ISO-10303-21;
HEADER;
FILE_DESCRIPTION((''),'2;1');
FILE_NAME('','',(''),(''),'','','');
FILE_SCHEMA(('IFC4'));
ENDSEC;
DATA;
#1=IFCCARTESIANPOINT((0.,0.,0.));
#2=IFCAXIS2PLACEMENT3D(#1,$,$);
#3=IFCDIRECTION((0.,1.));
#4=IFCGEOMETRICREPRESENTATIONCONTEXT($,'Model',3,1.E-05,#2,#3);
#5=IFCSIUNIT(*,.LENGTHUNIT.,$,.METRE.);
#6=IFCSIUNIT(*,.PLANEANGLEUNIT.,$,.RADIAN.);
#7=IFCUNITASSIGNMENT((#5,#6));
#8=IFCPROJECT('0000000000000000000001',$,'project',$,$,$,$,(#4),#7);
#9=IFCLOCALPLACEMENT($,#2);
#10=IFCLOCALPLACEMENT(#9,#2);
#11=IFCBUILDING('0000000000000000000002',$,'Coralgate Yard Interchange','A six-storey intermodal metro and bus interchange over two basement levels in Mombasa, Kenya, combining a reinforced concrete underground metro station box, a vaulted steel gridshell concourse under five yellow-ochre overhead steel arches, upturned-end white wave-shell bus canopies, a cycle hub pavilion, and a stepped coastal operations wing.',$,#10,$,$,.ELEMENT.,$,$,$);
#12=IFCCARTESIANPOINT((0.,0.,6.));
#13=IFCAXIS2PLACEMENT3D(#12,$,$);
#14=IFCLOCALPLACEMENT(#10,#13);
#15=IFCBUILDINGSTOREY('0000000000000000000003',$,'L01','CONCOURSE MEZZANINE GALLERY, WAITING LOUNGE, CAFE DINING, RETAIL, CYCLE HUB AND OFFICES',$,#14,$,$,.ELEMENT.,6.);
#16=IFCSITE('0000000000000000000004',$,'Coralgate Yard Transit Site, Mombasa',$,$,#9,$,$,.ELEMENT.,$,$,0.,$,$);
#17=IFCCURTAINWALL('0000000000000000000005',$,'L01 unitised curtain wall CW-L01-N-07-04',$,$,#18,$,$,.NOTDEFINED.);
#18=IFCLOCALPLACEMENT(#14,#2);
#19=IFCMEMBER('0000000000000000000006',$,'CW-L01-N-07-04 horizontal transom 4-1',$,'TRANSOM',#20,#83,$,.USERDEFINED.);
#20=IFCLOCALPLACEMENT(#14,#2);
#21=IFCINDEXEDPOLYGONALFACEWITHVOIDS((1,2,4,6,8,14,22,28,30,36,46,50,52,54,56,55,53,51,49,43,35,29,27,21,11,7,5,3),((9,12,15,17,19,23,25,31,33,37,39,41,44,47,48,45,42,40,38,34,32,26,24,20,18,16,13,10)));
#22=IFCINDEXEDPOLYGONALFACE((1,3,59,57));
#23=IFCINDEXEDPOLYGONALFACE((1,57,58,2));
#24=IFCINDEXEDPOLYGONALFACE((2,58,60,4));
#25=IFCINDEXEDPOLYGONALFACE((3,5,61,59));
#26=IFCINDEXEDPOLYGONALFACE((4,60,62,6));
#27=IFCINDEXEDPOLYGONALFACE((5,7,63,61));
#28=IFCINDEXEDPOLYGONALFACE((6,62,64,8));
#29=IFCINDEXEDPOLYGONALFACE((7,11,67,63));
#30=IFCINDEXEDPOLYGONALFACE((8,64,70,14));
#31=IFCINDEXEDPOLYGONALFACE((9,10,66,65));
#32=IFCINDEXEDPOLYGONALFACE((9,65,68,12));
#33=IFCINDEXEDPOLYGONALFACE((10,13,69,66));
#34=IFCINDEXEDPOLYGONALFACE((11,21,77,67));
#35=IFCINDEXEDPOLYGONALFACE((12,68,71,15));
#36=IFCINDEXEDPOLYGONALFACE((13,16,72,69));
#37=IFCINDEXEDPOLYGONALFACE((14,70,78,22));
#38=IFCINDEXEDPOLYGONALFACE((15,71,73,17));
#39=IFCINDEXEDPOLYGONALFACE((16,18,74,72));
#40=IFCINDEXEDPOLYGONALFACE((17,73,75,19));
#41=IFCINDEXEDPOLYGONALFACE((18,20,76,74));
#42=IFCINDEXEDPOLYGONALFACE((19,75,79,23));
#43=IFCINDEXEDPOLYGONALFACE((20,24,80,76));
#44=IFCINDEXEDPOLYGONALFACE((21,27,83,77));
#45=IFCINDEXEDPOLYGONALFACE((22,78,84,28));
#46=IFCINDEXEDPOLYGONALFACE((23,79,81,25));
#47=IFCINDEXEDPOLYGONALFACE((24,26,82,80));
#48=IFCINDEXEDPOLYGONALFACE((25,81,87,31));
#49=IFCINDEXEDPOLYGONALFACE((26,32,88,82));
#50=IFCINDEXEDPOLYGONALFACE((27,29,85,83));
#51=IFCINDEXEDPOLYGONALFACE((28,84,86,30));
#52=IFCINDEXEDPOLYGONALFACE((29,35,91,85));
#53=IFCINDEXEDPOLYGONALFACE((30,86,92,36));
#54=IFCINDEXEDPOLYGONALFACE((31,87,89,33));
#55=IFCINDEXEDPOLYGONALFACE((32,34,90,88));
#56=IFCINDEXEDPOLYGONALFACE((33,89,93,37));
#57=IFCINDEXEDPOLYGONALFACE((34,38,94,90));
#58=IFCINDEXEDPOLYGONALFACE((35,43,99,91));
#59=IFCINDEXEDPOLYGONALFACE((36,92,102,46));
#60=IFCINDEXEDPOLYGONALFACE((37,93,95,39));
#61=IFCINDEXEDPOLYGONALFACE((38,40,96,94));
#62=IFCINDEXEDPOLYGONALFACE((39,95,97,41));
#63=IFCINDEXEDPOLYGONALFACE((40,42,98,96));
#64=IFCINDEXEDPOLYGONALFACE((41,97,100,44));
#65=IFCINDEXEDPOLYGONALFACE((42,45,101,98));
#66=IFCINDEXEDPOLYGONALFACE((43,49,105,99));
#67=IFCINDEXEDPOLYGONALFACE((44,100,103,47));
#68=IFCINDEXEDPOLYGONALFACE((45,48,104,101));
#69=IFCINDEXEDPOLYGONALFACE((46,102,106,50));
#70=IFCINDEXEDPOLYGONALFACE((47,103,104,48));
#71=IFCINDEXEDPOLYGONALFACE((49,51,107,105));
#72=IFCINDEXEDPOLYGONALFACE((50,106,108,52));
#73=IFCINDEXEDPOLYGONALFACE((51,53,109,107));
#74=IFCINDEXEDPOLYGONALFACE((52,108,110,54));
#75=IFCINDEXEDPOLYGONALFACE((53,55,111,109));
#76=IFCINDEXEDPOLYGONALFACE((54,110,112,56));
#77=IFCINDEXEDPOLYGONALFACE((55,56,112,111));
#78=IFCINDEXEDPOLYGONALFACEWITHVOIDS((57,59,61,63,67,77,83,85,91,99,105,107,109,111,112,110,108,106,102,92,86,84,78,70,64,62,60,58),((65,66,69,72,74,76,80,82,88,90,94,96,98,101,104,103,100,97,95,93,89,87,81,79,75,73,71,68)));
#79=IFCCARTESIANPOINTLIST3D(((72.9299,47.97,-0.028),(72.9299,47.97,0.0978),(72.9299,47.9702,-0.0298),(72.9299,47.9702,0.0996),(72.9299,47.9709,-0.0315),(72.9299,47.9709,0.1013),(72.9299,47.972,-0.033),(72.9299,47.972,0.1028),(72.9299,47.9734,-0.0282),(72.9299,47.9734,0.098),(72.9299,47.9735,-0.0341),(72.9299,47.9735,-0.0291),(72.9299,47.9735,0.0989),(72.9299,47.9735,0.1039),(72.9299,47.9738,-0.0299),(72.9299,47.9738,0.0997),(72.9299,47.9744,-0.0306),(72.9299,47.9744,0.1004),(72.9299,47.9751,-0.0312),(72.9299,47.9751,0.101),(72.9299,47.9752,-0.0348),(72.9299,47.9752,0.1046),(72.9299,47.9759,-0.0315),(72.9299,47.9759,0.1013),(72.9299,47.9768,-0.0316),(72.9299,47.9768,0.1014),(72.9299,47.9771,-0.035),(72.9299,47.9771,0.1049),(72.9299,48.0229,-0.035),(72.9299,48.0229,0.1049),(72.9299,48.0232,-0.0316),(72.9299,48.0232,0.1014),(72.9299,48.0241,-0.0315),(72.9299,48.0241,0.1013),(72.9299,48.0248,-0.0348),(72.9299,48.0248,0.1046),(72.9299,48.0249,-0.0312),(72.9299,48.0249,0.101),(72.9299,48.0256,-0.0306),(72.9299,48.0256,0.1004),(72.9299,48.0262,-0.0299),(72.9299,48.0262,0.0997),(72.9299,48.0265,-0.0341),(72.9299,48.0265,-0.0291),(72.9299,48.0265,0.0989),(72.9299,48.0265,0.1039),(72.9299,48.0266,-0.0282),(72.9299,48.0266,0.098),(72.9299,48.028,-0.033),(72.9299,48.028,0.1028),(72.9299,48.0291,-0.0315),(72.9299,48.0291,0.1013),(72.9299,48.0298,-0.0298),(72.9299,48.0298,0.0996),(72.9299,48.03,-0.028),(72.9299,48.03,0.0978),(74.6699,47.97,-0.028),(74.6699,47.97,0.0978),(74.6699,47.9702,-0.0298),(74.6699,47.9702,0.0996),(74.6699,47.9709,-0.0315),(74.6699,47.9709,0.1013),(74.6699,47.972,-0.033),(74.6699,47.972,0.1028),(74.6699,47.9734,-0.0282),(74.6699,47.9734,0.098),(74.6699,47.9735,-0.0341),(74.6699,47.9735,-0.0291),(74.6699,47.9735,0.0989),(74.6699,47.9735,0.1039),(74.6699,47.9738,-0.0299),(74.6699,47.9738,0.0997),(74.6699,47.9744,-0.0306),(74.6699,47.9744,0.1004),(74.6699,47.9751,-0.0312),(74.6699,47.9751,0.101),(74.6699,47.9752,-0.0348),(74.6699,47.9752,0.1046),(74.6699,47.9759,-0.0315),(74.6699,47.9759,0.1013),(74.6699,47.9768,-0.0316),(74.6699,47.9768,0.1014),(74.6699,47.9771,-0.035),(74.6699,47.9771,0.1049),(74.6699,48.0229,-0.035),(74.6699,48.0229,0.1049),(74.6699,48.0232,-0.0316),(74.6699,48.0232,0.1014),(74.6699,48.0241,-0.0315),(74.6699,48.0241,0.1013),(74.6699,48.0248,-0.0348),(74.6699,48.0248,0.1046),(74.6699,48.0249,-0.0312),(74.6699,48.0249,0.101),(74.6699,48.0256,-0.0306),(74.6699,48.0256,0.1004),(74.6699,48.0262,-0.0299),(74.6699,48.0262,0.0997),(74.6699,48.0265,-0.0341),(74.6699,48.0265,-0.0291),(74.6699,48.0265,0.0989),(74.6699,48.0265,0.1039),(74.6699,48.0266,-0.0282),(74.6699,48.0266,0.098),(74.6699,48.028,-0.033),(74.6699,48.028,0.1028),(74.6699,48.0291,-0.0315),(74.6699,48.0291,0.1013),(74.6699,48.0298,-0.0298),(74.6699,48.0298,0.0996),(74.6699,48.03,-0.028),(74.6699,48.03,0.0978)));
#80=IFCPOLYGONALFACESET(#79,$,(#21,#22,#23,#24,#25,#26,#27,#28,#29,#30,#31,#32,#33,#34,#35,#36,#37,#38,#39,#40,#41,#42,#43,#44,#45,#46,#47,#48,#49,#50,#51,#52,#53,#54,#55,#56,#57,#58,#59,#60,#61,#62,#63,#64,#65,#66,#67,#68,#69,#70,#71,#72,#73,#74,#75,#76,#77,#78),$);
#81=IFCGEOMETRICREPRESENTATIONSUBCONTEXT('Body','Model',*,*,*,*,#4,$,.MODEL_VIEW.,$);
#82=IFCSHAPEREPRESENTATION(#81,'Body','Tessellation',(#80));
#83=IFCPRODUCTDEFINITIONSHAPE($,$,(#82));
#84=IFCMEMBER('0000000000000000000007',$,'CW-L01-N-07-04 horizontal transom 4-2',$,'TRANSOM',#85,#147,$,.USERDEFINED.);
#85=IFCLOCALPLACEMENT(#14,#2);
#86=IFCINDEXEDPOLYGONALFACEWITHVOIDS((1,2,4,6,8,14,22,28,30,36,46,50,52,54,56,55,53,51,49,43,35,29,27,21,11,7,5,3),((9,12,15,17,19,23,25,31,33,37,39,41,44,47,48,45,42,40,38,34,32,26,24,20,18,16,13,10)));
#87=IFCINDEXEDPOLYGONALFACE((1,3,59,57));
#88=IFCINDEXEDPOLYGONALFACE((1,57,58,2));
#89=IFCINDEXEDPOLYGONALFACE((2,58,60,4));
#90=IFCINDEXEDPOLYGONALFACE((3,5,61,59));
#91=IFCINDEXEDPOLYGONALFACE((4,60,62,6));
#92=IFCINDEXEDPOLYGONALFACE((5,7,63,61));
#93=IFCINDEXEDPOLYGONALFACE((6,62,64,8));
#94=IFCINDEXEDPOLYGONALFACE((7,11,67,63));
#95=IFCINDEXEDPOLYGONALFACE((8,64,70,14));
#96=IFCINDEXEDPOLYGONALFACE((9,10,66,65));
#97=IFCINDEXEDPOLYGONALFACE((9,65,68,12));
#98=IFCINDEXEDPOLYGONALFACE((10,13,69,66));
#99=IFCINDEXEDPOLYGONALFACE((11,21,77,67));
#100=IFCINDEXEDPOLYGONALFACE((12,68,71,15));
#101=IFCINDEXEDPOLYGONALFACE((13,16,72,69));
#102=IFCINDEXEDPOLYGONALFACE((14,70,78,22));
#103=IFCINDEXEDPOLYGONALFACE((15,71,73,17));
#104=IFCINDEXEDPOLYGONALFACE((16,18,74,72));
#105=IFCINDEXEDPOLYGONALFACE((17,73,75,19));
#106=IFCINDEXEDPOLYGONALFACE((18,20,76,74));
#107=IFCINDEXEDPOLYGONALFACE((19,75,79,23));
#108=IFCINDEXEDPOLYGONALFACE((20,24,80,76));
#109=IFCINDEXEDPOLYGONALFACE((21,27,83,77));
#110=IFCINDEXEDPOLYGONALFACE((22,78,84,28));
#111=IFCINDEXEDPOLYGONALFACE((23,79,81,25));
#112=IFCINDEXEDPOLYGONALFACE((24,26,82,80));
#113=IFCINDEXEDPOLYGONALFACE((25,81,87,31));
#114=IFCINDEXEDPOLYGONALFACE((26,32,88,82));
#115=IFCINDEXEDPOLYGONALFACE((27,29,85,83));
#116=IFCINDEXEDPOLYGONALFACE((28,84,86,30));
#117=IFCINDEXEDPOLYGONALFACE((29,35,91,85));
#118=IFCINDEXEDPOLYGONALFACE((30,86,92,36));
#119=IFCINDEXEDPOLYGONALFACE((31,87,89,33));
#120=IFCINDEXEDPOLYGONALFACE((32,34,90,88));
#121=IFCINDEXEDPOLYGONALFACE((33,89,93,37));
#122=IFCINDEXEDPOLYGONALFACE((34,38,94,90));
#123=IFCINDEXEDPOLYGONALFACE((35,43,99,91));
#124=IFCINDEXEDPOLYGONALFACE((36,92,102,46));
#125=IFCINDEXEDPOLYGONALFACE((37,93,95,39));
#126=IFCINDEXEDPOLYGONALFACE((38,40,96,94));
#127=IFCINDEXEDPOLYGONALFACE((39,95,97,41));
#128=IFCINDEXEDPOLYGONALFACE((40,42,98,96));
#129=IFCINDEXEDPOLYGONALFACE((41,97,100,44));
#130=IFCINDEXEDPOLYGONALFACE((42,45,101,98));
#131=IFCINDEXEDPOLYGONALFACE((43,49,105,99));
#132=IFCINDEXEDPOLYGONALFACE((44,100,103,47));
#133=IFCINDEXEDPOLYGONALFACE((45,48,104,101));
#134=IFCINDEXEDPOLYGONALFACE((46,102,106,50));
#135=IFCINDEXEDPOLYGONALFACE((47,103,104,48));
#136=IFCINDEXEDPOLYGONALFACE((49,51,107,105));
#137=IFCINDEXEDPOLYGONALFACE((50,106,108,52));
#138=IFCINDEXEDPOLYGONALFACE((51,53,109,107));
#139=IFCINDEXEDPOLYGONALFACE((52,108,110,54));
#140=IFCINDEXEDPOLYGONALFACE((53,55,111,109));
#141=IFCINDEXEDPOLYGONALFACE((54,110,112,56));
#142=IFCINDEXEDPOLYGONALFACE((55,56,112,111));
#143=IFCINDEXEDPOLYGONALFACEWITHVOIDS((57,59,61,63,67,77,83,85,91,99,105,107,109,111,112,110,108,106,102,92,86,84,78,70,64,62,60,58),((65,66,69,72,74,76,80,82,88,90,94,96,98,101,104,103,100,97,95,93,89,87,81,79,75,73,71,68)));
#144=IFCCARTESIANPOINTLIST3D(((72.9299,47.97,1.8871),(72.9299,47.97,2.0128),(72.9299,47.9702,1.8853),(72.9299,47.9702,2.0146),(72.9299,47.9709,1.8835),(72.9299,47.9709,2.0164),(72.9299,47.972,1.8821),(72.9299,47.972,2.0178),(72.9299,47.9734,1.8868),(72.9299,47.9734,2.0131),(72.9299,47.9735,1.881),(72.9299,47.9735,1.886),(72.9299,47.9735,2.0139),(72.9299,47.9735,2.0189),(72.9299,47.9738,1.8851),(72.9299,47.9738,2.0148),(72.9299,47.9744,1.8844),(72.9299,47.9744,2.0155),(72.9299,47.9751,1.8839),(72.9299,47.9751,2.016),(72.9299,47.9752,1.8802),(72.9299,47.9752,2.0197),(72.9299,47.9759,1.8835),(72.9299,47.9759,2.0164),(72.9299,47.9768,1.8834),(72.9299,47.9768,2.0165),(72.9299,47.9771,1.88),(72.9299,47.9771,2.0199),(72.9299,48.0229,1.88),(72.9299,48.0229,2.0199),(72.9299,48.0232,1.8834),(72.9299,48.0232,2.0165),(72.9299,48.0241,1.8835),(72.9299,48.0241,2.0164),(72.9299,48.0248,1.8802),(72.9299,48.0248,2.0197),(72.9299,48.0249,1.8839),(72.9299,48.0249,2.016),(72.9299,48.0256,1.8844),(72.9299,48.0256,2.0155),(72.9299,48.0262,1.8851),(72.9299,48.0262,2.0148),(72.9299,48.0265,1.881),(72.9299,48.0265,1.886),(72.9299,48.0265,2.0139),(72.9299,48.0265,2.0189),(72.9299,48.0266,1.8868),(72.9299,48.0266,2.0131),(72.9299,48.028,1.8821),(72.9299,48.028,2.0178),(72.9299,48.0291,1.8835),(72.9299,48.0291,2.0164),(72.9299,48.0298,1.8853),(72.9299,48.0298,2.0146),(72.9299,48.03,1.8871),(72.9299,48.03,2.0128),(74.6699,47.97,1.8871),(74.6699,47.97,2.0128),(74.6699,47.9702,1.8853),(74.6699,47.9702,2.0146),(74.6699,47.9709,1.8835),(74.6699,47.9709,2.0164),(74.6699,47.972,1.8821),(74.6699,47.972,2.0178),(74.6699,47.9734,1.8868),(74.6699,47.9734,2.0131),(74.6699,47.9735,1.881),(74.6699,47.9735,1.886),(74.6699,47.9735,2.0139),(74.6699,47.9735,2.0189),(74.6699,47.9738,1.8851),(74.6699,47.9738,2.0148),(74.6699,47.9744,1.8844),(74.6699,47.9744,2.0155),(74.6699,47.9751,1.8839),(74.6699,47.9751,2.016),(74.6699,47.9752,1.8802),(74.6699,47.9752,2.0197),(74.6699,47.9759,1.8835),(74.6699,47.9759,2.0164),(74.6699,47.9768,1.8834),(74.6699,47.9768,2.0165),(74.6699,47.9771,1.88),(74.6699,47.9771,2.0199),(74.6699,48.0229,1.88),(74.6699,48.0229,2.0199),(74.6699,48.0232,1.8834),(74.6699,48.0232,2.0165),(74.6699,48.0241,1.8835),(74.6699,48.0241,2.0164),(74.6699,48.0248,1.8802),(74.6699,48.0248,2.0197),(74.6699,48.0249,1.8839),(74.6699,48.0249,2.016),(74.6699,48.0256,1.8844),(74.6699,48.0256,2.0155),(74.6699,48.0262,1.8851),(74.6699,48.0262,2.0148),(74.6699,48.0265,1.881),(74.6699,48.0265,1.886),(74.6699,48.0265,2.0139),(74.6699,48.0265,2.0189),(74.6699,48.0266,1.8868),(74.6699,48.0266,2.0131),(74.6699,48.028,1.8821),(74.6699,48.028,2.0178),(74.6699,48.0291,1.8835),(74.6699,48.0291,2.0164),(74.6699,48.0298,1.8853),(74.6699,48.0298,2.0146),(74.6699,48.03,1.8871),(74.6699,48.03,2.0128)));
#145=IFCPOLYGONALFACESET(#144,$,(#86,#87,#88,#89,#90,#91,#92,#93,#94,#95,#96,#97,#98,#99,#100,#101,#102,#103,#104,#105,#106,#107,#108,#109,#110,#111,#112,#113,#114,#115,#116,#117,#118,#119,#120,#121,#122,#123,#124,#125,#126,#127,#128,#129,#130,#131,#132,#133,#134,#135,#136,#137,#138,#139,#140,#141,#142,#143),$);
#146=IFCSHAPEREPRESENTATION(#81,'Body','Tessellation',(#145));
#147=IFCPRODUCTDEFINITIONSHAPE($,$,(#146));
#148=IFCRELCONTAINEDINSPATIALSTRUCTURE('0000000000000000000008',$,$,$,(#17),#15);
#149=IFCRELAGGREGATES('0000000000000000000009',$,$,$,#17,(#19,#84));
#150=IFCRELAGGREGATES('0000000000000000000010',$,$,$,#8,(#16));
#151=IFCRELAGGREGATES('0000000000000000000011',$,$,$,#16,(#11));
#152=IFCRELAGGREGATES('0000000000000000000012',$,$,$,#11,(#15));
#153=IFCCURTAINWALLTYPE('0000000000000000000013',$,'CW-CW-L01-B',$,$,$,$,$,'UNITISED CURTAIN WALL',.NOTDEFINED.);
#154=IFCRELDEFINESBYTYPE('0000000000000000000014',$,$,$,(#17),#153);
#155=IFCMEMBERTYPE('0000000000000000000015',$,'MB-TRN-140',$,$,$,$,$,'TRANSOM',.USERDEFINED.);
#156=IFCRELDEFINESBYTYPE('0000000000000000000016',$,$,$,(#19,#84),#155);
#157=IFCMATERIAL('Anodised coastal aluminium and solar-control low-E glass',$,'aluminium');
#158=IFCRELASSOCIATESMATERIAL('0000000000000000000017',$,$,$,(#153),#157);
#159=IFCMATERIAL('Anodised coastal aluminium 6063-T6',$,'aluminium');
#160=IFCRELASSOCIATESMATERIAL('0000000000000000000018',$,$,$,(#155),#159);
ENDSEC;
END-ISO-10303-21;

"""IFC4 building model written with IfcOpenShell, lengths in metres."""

from ifc_helpers import new_model, si_unit, direction, frame, origin, origin_2d, place, context, subcontext, project, spatial, hollow_rectangle, extrude, material, material_profile, profile_set, type_object, element, aggregate, save


model = new_model("IFC4")

# Units and contexts
model_context = context("Model", 3, precision=1e-05, world=origin(), true_north=direction((0.0, 1.0)))
body_context = subcontext(model_context, "Body", "Model", "MODEL_VIEW")
ifc_project = project(units=[si_unit("LENGTHUNIT", "METRE"), si_unit("PLANEANGLEUNIT", "RADIAN")], contexts=[model_context])

# Site, building, storey
site_placement = place(None, origin())
site = spatial("IfcSite", under=ifc_project, at=site_placement, Name="Coralgate Yard Transit Site, Mombasa", CompositionType="ELEMENT", RefElevation=0.0)
building_placement = place(site_placement, origin())
building = spatial("IfcBuilding", under=site, at=building_placement, Name="Coralgate Yard Interchange", Description="A six-storey intermodal metro and bus interchange over two basement levels in Mombasa, Kenya, combining a reinforced concrete underground metro station box, a vaulted steel gridshell concourse under five yellow-ochre overhead steel arches, upturned-end white wave-shell bus canopies, a cycle hub pavilion, and a stepped coastal operations wing.", CompositionType="ELEMENT")
storey_placement = place(building_placement, frame((0.0, 0.0, 6.0)))
storey = spatial("IfcBuildingStorey", under=building, at=storey_placement, Name="L01", Description="CONCOURSE MEZZANINE GALLERY, WAITING LOUNGE, CAFE DINING, RETAIL, CYCLE HUB AND OFFICES", CompositionType="ELEMENT", Elevation=6.0)

# Shared definitions
ifc_material_1 = material(Name="Anodised coastal aluminium and solar-control low-E glass", Category="aluminium")
ifc_material_2 = material(Name="Anodised coastal aluminium 6063-T6", Category="aluminium")

# Curtain wall
curtain_wall_type_1 = type_object("IfcCurtainWallType", Name="CW-CW-L01-B", ElementType="UNITISED CURTAIN WALL", PredefinedType="NOTDEFINED", material=ifc_material_1)
curtain_wall_1_placement = place(storey_placement, origin())
curtain_wall_1 = element("IfcCurtainWall", 1, at=curtain_wall_1_placement, inside=storey, type_object=curtain_wall_type_1, Name="L01 unitised curtain wall CW-L01-N-07-04", PredefinedType="NOTDEFINED")

# Members
ifc_material_profile_1 = material_profile(ifc_material_2, hollow_rectangle(XDim=0.0601, YDim=0.1399, WallThickness=0.0034, InnerFilletRadius=0.0034, OuterFilletRadius=0.0071, at=origin_2d()), Name="ALU 60x140x3.5")
ifc_profile_set_1 = profile_set([ifc_material_profile_1], Name="Anodised coastal aluminium 6063-T6")
member_type_1 = type_object("IfcMemberType", Name="MB-TRN-140", ElementType="TRANSOM", PredefinedType="USERDEFINED", material=ifc_profile_set_1)
member_1_placement = place(storey_placement, frame((72.9299, 48.0, 0.0349), z_axis=(1.0, 0.0, 0.0), x_axis=(0.0, 1.0, 0.0)))
member_1 = element("IfcMember", 2, at=member_1_placement, type_object=member_type_1, Name="CW-L01-N-07-04 horizontal transom 4-1", ObjectType="TRANSOM", PredefinedType="USERDEFINED", context=body_context, shape_type="SweptSolid", body=[
    extrude(hollow_rectangle(XDim=0.0601, YDim=0.1399, WallThickness=0.0034, InnerFilletRadius=0.0034, OuterFilletRadius=0.0071, at=origin_2d()), origin(), (0.0, 0.0, 1.0), 1.74),
])
member_2_placement = place(storey_placement, frame((72.9299, 48.0, 1.95), z_axis=(1.0, 0.0, 0.0), x_axis=(0.0, 1.0, 0.0)))
member_2 = element("IfcMember", 3, at=member_2_placement, type_object=member_type_1, Name="CW-L01-N-07-04 horizontal transom 4-2", ObjectType="TRANSOM", PredefinedType="USERDEFINED", context=body_context, shape_type="SweptSolid", body=[
    extrude(hollow_rectangle(XDim=0.0601, YDim=0.1399, WallThickness=0.0034, InnerFilletRadius=0.0034, OuterFilletRadius=0.0071, at=origin_2d()), origin(), (0.0, 0.0, 1.0), 1.74),
])

aggregate(curtain_wall_1, [member_1, member_2])

save(model, "model.ifc")
